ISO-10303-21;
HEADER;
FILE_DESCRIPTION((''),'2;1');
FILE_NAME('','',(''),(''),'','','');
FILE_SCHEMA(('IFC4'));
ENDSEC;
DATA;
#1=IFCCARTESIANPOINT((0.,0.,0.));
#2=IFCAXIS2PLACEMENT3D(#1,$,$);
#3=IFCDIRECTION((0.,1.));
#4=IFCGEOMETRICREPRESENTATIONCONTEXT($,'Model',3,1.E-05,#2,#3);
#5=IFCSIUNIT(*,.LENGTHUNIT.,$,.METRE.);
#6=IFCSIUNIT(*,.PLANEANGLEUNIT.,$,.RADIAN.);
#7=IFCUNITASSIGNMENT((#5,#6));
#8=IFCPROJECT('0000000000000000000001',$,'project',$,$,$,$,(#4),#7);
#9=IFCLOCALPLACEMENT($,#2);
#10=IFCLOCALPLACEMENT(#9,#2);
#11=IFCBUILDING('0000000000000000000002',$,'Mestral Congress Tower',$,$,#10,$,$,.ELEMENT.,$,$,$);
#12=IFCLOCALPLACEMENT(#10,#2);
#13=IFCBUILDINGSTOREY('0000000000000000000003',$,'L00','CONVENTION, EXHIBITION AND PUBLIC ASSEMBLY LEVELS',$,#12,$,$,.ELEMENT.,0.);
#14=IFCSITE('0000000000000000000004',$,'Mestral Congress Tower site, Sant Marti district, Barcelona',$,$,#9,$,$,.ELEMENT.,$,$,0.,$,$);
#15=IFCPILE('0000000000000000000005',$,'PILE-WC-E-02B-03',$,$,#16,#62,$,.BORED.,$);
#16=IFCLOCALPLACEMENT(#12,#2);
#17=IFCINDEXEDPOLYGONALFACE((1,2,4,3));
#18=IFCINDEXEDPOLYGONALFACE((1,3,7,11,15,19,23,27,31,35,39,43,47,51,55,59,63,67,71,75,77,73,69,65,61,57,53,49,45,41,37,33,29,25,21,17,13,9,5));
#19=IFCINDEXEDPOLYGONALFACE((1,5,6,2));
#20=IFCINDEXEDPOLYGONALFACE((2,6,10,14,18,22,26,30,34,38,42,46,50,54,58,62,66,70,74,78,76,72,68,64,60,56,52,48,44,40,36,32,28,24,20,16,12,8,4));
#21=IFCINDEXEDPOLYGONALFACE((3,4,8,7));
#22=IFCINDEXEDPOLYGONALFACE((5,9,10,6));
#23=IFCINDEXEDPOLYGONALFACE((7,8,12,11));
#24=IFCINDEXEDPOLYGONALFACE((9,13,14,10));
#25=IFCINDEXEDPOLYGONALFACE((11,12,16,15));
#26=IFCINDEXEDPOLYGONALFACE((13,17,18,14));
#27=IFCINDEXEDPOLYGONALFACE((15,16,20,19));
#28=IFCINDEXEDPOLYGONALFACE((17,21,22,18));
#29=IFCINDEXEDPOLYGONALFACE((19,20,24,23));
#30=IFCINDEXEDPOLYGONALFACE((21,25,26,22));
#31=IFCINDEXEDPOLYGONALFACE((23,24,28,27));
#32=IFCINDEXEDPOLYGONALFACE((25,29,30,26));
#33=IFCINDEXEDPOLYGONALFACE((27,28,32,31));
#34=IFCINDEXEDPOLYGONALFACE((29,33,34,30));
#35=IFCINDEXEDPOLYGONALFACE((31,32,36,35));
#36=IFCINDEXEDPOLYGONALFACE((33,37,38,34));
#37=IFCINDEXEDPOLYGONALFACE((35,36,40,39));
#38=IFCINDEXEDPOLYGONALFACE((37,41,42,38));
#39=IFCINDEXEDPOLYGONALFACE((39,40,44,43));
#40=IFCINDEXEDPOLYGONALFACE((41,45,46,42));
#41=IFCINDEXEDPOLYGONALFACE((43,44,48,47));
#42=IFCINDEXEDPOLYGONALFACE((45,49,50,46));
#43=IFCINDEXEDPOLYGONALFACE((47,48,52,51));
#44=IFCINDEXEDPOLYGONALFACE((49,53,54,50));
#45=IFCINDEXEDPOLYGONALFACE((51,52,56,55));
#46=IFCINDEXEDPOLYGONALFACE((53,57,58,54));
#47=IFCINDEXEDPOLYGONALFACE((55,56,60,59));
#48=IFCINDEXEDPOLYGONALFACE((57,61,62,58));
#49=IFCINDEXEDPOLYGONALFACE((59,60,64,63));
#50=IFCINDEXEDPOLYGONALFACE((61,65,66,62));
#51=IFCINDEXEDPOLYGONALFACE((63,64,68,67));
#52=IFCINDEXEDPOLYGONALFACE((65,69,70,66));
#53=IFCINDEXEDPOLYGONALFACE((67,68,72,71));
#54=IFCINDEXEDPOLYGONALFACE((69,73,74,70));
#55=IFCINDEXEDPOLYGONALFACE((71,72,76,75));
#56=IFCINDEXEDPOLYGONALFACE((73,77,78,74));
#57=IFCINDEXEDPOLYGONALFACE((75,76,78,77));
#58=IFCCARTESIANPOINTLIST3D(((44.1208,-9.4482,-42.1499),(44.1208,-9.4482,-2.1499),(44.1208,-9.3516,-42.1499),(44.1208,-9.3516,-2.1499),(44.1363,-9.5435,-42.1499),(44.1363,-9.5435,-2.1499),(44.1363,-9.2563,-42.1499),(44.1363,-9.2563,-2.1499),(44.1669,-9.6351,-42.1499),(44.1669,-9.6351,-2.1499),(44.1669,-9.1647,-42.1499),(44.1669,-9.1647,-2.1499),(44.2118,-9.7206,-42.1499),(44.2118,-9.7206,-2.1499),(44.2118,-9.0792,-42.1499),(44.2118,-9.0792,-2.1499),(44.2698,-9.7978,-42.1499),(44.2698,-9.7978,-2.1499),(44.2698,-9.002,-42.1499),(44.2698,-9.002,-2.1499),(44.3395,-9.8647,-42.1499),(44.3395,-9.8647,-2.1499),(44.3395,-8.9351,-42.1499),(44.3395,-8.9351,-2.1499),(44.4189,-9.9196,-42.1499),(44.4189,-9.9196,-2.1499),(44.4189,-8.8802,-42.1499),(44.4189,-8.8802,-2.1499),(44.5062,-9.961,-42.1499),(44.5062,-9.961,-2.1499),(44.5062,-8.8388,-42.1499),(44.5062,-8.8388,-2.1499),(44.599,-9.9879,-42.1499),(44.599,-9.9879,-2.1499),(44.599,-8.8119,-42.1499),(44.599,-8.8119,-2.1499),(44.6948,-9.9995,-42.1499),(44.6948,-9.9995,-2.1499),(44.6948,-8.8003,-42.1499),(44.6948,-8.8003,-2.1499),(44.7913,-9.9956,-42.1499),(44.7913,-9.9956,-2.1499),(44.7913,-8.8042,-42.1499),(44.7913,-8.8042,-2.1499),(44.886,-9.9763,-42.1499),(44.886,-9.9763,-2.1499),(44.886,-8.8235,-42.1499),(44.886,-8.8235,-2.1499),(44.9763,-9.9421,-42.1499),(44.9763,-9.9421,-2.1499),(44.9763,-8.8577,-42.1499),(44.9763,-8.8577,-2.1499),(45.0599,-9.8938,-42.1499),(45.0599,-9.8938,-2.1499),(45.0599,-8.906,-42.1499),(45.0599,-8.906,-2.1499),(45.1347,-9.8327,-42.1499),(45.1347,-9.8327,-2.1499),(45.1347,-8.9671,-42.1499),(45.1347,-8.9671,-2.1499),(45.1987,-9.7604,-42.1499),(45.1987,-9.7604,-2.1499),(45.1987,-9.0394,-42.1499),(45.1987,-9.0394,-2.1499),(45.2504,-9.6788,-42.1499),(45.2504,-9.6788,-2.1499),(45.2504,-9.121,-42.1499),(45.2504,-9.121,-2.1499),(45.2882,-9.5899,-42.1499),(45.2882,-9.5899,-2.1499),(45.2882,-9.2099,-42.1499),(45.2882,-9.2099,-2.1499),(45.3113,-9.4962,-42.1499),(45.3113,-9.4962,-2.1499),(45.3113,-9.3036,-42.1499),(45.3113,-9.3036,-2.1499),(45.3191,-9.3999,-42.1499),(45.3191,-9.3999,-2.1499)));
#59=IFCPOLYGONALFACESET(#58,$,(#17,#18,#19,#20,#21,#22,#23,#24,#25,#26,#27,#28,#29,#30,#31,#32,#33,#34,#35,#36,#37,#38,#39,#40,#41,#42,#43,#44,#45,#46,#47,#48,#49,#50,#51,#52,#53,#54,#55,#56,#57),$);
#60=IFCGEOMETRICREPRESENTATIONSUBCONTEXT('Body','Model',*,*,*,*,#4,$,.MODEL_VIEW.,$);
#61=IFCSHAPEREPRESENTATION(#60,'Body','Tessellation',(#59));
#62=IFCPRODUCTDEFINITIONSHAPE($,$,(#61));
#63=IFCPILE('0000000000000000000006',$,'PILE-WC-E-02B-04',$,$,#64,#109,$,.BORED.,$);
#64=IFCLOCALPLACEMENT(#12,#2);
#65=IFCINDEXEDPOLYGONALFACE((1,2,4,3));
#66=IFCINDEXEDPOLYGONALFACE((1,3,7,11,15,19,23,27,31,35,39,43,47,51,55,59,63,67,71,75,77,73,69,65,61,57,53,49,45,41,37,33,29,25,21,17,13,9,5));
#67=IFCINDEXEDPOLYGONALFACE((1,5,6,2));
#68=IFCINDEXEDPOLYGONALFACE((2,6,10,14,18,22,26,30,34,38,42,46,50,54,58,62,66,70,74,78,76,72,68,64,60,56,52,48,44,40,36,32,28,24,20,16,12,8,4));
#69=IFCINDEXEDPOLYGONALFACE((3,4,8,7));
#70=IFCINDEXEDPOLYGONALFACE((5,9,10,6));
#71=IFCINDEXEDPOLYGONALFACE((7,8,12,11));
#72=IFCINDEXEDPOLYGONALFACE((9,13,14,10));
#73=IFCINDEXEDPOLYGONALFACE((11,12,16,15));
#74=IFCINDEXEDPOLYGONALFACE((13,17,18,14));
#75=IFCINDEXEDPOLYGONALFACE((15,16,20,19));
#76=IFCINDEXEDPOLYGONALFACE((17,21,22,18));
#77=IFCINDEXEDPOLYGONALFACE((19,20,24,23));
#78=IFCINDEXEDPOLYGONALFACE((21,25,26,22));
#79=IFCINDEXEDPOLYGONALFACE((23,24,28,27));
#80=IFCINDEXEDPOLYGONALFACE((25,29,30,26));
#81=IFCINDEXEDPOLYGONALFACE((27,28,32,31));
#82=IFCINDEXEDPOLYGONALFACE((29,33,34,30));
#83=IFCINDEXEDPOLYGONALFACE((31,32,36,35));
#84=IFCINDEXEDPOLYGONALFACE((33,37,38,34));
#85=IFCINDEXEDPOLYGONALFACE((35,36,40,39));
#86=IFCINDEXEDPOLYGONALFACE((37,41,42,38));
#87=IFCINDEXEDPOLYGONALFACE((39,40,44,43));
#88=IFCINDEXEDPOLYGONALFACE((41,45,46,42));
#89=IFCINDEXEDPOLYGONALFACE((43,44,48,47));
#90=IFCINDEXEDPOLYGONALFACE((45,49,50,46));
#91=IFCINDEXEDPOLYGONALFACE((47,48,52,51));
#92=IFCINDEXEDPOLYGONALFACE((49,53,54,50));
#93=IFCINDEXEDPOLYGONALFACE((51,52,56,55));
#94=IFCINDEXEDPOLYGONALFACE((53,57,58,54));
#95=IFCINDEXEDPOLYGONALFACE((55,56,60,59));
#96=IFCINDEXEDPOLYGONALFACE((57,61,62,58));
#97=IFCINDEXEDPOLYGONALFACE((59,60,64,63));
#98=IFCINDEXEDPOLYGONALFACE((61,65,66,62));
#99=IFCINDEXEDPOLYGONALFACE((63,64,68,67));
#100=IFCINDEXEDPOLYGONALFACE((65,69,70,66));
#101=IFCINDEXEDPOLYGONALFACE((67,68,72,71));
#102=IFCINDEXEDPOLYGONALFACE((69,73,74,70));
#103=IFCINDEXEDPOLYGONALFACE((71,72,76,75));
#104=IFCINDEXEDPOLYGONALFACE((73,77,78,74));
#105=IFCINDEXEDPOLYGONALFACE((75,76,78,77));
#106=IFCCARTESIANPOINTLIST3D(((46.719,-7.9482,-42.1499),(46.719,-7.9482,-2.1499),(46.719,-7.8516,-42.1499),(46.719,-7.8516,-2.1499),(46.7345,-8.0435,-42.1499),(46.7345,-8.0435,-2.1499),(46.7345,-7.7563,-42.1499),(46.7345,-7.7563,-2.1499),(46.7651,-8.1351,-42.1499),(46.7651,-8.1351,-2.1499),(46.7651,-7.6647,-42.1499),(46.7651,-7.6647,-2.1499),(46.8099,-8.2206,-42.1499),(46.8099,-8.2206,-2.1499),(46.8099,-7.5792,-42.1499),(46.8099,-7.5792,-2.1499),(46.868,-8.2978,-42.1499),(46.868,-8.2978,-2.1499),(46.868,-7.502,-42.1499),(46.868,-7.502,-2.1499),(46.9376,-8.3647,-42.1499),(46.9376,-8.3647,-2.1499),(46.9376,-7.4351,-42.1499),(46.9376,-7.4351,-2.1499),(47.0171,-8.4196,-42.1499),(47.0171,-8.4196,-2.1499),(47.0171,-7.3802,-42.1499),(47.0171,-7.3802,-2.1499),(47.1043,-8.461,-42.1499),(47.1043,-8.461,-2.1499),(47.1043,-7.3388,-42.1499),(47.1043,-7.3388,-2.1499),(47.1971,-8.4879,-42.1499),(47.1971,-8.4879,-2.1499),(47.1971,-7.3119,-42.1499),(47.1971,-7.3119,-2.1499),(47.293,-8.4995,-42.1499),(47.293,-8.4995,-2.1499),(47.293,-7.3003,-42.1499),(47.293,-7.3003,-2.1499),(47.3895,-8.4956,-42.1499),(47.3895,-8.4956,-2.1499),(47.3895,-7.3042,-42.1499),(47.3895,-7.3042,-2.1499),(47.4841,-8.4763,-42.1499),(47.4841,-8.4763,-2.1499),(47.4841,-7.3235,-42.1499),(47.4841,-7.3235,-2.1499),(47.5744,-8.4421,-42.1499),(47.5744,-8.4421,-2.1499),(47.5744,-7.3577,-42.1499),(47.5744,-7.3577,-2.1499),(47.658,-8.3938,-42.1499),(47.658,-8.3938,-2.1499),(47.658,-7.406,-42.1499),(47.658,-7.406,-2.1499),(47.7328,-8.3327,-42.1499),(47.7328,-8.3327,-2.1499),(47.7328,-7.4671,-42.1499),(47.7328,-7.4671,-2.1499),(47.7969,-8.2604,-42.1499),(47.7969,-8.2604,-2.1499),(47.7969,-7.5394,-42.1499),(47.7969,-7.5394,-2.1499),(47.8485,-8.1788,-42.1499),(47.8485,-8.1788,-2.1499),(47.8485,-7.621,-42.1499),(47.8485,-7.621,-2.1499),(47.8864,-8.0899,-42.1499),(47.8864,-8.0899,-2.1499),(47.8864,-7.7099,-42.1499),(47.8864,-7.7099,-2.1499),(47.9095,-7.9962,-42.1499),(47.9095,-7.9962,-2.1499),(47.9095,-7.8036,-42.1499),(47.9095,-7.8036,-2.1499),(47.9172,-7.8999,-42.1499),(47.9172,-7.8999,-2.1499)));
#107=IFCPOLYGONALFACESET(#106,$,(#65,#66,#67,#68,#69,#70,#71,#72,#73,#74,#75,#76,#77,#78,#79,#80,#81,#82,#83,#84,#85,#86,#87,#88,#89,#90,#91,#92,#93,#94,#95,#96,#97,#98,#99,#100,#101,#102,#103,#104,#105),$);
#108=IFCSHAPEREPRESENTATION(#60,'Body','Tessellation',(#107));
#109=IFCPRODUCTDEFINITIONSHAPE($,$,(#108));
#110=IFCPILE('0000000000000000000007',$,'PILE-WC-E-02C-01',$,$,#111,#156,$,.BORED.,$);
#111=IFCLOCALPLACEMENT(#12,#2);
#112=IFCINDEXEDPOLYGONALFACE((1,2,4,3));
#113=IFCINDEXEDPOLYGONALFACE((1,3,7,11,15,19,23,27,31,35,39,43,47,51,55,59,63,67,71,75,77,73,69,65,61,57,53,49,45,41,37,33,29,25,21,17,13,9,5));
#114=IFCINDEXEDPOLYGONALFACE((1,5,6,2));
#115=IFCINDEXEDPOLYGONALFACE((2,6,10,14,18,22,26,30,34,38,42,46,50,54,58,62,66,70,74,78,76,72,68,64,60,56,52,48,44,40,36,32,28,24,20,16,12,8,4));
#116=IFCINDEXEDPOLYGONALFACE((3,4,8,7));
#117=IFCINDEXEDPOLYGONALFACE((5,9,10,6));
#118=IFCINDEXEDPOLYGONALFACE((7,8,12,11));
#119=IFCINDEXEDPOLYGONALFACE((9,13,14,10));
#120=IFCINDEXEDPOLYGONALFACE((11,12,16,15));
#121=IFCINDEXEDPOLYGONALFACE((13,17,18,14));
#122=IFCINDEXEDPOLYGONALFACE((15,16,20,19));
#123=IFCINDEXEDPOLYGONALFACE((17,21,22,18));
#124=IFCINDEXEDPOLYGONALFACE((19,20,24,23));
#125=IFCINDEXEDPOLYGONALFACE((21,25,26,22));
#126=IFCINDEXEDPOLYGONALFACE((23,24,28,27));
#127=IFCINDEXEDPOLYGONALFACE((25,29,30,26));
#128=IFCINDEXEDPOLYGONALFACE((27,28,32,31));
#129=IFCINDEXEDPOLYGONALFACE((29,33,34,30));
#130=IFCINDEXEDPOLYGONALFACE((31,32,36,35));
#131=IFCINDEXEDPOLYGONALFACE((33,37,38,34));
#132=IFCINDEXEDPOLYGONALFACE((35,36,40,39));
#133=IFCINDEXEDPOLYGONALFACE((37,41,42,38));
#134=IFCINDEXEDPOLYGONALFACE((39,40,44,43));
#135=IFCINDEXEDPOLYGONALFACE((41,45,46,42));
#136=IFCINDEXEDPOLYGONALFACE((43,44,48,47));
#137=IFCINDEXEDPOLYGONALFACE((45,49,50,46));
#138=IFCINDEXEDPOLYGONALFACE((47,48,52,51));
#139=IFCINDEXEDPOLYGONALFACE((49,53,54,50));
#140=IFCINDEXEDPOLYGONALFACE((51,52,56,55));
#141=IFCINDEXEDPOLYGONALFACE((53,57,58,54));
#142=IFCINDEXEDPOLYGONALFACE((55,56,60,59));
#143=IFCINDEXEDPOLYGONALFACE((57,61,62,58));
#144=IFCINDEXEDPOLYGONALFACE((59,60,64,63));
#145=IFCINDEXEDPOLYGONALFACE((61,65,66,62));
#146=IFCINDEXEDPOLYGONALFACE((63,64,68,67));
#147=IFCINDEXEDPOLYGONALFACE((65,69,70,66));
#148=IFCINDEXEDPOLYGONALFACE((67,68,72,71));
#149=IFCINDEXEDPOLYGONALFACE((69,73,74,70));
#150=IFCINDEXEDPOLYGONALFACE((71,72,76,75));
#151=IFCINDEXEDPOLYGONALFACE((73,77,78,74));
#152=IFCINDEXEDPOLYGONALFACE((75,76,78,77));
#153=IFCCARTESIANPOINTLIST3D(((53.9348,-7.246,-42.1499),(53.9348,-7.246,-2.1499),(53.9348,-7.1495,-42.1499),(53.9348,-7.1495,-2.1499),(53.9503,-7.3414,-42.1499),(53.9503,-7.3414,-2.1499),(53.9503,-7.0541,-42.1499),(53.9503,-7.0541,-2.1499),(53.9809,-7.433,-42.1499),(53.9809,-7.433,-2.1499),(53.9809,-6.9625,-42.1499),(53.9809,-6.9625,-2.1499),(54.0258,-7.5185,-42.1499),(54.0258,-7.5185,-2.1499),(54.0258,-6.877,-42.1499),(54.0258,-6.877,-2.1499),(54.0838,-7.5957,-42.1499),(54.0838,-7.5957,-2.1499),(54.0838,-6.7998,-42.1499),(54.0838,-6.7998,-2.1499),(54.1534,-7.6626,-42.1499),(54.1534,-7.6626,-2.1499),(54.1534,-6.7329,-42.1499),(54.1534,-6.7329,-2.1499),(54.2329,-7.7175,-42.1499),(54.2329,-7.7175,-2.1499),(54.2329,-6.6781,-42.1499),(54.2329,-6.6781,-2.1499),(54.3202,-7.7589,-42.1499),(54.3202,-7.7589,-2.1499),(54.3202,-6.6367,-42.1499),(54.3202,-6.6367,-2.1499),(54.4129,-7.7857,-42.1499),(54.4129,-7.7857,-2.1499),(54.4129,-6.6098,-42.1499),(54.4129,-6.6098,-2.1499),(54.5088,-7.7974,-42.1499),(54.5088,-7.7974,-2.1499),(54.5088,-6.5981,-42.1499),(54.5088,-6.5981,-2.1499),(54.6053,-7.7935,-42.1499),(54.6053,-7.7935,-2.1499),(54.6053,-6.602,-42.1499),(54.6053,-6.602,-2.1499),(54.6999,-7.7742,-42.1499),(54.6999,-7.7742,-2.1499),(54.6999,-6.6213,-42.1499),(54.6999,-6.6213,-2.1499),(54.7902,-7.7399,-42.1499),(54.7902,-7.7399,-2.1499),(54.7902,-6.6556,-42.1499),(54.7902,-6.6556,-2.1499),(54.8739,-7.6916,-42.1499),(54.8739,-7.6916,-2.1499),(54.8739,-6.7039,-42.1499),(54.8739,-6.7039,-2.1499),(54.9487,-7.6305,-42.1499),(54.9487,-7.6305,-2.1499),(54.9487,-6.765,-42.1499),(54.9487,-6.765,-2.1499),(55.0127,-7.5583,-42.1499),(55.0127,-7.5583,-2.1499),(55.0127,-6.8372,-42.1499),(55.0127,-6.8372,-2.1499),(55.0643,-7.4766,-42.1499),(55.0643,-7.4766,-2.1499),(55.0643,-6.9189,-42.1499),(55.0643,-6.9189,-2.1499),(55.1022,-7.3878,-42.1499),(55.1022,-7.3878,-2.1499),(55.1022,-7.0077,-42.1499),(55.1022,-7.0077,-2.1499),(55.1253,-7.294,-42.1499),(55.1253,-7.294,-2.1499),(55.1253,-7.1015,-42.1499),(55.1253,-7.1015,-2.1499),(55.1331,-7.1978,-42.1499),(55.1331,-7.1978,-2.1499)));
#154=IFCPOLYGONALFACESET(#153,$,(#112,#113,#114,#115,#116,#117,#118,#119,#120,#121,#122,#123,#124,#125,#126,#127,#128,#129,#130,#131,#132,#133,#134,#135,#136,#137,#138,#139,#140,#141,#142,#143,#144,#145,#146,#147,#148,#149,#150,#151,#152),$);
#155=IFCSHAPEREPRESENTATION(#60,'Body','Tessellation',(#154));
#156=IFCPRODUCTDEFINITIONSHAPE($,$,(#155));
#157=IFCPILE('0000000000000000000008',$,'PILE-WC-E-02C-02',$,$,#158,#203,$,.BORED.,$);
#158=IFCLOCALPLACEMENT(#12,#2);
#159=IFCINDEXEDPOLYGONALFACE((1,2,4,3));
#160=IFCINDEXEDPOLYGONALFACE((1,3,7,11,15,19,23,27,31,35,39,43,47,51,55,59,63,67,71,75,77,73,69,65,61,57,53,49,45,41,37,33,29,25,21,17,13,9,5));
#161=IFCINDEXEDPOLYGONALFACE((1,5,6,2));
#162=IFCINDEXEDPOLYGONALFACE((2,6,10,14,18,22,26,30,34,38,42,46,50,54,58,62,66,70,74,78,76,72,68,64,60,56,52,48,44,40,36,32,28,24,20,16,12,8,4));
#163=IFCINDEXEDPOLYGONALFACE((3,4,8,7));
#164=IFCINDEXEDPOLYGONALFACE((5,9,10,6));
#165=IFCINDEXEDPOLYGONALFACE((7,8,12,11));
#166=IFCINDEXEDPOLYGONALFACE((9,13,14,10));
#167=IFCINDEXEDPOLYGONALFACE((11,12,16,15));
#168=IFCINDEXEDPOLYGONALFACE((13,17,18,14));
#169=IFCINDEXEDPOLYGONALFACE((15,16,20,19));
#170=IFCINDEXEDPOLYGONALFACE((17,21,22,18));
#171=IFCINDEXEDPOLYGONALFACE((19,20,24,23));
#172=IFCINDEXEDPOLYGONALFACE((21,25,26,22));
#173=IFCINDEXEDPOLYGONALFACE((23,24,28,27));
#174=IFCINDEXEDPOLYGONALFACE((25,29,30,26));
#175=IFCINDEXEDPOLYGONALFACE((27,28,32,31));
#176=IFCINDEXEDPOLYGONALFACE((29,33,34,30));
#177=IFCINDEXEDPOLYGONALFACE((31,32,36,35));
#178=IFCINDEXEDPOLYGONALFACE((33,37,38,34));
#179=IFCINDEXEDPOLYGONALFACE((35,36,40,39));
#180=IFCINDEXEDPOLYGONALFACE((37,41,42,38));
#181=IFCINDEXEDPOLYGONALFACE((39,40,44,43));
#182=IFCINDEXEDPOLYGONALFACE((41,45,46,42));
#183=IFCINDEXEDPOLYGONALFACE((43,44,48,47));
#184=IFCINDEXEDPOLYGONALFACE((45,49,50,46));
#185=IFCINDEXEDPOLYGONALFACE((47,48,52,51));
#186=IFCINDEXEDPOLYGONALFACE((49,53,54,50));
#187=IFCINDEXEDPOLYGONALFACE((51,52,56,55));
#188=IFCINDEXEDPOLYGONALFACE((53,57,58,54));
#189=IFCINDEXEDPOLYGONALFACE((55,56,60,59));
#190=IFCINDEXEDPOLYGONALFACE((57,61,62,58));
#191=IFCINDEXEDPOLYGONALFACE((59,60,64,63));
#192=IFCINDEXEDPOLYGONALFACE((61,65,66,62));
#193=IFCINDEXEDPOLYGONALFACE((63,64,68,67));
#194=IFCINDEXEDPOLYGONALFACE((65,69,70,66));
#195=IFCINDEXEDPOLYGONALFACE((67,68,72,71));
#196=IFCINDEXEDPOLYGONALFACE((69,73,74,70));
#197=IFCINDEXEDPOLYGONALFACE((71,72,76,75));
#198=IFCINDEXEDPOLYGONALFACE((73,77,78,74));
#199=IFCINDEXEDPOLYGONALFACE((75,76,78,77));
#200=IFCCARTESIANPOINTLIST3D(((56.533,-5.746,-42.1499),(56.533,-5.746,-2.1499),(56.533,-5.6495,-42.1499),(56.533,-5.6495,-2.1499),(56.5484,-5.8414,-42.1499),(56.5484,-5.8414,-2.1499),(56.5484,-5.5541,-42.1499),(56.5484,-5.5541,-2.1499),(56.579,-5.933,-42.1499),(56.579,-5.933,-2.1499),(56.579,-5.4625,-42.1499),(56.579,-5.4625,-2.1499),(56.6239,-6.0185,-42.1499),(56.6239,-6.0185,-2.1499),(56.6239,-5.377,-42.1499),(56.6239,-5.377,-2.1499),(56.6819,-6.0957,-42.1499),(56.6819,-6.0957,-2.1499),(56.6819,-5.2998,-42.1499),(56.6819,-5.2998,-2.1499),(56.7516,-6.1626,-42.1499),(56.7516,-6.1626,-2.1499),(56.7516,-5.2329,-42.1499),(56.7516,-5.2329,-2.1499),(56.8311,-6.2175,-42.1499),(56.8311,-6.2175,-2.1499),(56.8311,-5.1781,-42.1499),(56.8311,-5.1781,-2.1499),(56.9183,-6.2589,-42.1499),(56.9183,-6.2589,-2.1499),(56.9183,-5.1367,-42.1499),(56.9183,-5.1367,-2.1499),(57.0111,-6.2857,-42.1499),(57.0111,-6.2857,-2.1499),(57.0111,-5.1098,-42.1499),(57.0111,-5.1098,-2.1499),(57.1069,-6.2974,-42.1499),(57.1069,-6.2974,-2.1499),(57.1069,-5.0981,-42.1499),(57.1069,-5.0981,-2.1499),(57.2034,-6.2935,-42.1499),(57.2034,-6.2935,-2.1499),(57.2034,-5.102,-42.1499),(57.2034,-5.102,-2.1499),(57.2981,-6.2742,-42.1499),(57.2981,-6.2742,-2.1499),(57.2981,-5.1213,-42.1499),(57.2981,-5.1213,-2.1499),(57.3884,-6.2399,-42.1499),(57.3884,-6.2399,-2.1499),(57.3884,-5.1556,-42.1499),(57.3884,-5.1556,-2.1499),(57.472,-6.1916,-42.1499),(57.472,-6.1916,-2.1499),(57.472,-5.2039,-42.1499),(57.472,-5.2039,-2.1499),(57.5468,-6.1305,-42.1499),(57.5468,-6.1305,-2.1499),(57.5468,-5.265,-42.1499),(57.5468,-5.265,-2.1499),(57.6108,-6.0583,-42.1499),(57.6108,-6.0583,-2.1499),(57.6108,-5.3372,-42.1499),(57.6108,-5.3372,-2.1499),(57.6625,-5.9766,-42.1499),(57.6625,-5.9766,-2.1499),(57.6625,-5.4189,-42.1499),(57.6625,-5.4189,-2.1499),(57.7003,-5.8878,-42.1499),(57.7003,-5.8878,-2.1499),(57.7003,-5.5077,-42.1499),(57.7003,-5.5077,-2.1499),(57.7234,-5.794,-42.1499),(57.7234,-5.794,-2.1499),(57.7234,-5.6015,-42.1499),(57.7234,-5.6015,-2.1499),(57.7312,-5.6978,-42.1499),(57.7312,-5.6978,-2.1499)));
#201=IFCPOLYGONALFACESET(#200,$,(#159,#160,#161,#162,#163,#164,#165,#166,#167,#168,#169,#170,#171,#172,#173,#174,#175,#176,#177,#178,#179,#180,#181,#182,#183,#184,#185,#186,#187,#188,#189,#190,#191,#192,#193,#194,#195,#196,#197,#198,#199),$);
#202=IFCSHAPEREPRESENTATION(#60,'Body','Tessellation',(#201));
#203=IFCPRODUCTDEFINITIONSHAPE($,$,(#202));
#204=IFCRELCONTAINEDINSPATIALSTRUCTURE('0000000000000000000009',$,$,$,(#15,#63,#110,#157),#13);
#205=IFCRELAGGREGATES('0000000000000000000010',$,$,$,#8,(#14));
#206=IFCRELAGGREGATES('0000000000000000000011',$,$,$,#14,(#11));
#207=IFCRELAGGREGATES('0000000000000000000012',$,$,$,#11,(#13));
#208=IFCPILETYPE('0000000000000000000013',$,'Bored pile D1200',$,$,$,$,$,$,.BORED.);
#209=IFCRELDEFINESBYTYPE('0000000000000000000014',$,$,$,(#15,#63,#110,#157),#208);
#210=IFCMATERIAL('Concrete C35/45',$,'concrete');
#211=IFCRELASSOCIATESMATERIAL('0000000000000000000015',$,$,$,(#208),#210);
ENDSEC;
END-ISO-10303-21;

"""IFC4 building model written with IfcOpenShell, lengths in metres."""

from ifc_helpers import new_model, si_unit, direction, frame, origin, origin_2d, place, context, subcontext, project, spatial, circle, extrude, material, material_profile, profile_set, type_object, element, save


model = new_model("IFC4")

# Units and contexts
model_context = context("Model", 3, precision=1e-05, world=origin(), true_north=direction((0.0, 1.0)))
body_context = subcontext(model_context, "Body", "Model", "MODEL_VIEW")
ifc_project = project(units=[si_unit("LENGTHUNIT", "METRE"), si_unit("PLANEANGLEUNIT", "RADIAN")], contexts=[model_context])

# Site, building, storey
site_placement = place(None, origin())
site = spatial("IfcSite", under=ifc_project, at=site_placement, Name="Mestral Congress Tower site, Sant Marti district, Barcelona", CompositionType="ELEMENT", RefElevation=0.0)
building_placement = place(site_placement, origin())
building = spatial("IfcBuilding", under=site, at=building_placement, Name="Mestral Congress Tower", CompositionType="ELEMENT")
storey_placement = place(building_placement, origin())
storey = spatial("IfcBuildingStorey", under=building, at=storey_placement, Name="L00", Description="CONVENTION, EXHIBITION AND PUBLIC ASSEMBLY LEVELS", CompositionType="ELEMENT", Elevation=0.0)

# Piles
ifc_material_1 = material(Name="Concrete C35/45", Category="concrete")
ifc_material_profile_1 = material_profile(ifc_material_1, circle(Radius=0.6001, at=origin_2d()), Name="D1200")
ifc_profile_set_1 = profile_set([ifc_material_profile_1], Name="Concrete C35/45")
pile_type = type_object("IfcPileType", Name="Bored pile D1200", PredefinedType="BORED", material=ifc_profile_set_1)
for number, where, z_axis, x_axis, name in (
    (1, (44.719, -9.3999, -2.1499), (0.0, 0.0, -1.0), (1.0, 0.0, 0.0), "PILE-WC-E-02B-03"),
    (2, (47.3171, -7.8999, -2.1499), (0.0, 0.0, -1.0), (1.0, 0.0, 0.0), "PILE-WC-E-02B-04"),
    (3, (54.533, -7.1978, -2.1499), (0.0, 0.0, -1.0), (1.0, 0.0, 0.0), "PILE-WC-E-02C-01"),
    (4, (57.1311, -5.6978, -2.1499), (0.0, 0.0, -1.0), (1.0, 0.0, 0.0), "PILE-WC-E-02C-02"),
):
    element("IfcPile", number, at=place(storey_placement, frame(where, z_axis=z_axis, x_axis=x_axis)), inside=storey, type_object=pile_type, Name=name, PredefinedType="BORED", context=body_context, shape_type="SweptSolid", body=[
        extrude(circle(Radius=0.6001, at=origin_2d()), origin(), (0.0, 0.0, 1.0), 40.0),
    ])

save(model, "model.ifc")
